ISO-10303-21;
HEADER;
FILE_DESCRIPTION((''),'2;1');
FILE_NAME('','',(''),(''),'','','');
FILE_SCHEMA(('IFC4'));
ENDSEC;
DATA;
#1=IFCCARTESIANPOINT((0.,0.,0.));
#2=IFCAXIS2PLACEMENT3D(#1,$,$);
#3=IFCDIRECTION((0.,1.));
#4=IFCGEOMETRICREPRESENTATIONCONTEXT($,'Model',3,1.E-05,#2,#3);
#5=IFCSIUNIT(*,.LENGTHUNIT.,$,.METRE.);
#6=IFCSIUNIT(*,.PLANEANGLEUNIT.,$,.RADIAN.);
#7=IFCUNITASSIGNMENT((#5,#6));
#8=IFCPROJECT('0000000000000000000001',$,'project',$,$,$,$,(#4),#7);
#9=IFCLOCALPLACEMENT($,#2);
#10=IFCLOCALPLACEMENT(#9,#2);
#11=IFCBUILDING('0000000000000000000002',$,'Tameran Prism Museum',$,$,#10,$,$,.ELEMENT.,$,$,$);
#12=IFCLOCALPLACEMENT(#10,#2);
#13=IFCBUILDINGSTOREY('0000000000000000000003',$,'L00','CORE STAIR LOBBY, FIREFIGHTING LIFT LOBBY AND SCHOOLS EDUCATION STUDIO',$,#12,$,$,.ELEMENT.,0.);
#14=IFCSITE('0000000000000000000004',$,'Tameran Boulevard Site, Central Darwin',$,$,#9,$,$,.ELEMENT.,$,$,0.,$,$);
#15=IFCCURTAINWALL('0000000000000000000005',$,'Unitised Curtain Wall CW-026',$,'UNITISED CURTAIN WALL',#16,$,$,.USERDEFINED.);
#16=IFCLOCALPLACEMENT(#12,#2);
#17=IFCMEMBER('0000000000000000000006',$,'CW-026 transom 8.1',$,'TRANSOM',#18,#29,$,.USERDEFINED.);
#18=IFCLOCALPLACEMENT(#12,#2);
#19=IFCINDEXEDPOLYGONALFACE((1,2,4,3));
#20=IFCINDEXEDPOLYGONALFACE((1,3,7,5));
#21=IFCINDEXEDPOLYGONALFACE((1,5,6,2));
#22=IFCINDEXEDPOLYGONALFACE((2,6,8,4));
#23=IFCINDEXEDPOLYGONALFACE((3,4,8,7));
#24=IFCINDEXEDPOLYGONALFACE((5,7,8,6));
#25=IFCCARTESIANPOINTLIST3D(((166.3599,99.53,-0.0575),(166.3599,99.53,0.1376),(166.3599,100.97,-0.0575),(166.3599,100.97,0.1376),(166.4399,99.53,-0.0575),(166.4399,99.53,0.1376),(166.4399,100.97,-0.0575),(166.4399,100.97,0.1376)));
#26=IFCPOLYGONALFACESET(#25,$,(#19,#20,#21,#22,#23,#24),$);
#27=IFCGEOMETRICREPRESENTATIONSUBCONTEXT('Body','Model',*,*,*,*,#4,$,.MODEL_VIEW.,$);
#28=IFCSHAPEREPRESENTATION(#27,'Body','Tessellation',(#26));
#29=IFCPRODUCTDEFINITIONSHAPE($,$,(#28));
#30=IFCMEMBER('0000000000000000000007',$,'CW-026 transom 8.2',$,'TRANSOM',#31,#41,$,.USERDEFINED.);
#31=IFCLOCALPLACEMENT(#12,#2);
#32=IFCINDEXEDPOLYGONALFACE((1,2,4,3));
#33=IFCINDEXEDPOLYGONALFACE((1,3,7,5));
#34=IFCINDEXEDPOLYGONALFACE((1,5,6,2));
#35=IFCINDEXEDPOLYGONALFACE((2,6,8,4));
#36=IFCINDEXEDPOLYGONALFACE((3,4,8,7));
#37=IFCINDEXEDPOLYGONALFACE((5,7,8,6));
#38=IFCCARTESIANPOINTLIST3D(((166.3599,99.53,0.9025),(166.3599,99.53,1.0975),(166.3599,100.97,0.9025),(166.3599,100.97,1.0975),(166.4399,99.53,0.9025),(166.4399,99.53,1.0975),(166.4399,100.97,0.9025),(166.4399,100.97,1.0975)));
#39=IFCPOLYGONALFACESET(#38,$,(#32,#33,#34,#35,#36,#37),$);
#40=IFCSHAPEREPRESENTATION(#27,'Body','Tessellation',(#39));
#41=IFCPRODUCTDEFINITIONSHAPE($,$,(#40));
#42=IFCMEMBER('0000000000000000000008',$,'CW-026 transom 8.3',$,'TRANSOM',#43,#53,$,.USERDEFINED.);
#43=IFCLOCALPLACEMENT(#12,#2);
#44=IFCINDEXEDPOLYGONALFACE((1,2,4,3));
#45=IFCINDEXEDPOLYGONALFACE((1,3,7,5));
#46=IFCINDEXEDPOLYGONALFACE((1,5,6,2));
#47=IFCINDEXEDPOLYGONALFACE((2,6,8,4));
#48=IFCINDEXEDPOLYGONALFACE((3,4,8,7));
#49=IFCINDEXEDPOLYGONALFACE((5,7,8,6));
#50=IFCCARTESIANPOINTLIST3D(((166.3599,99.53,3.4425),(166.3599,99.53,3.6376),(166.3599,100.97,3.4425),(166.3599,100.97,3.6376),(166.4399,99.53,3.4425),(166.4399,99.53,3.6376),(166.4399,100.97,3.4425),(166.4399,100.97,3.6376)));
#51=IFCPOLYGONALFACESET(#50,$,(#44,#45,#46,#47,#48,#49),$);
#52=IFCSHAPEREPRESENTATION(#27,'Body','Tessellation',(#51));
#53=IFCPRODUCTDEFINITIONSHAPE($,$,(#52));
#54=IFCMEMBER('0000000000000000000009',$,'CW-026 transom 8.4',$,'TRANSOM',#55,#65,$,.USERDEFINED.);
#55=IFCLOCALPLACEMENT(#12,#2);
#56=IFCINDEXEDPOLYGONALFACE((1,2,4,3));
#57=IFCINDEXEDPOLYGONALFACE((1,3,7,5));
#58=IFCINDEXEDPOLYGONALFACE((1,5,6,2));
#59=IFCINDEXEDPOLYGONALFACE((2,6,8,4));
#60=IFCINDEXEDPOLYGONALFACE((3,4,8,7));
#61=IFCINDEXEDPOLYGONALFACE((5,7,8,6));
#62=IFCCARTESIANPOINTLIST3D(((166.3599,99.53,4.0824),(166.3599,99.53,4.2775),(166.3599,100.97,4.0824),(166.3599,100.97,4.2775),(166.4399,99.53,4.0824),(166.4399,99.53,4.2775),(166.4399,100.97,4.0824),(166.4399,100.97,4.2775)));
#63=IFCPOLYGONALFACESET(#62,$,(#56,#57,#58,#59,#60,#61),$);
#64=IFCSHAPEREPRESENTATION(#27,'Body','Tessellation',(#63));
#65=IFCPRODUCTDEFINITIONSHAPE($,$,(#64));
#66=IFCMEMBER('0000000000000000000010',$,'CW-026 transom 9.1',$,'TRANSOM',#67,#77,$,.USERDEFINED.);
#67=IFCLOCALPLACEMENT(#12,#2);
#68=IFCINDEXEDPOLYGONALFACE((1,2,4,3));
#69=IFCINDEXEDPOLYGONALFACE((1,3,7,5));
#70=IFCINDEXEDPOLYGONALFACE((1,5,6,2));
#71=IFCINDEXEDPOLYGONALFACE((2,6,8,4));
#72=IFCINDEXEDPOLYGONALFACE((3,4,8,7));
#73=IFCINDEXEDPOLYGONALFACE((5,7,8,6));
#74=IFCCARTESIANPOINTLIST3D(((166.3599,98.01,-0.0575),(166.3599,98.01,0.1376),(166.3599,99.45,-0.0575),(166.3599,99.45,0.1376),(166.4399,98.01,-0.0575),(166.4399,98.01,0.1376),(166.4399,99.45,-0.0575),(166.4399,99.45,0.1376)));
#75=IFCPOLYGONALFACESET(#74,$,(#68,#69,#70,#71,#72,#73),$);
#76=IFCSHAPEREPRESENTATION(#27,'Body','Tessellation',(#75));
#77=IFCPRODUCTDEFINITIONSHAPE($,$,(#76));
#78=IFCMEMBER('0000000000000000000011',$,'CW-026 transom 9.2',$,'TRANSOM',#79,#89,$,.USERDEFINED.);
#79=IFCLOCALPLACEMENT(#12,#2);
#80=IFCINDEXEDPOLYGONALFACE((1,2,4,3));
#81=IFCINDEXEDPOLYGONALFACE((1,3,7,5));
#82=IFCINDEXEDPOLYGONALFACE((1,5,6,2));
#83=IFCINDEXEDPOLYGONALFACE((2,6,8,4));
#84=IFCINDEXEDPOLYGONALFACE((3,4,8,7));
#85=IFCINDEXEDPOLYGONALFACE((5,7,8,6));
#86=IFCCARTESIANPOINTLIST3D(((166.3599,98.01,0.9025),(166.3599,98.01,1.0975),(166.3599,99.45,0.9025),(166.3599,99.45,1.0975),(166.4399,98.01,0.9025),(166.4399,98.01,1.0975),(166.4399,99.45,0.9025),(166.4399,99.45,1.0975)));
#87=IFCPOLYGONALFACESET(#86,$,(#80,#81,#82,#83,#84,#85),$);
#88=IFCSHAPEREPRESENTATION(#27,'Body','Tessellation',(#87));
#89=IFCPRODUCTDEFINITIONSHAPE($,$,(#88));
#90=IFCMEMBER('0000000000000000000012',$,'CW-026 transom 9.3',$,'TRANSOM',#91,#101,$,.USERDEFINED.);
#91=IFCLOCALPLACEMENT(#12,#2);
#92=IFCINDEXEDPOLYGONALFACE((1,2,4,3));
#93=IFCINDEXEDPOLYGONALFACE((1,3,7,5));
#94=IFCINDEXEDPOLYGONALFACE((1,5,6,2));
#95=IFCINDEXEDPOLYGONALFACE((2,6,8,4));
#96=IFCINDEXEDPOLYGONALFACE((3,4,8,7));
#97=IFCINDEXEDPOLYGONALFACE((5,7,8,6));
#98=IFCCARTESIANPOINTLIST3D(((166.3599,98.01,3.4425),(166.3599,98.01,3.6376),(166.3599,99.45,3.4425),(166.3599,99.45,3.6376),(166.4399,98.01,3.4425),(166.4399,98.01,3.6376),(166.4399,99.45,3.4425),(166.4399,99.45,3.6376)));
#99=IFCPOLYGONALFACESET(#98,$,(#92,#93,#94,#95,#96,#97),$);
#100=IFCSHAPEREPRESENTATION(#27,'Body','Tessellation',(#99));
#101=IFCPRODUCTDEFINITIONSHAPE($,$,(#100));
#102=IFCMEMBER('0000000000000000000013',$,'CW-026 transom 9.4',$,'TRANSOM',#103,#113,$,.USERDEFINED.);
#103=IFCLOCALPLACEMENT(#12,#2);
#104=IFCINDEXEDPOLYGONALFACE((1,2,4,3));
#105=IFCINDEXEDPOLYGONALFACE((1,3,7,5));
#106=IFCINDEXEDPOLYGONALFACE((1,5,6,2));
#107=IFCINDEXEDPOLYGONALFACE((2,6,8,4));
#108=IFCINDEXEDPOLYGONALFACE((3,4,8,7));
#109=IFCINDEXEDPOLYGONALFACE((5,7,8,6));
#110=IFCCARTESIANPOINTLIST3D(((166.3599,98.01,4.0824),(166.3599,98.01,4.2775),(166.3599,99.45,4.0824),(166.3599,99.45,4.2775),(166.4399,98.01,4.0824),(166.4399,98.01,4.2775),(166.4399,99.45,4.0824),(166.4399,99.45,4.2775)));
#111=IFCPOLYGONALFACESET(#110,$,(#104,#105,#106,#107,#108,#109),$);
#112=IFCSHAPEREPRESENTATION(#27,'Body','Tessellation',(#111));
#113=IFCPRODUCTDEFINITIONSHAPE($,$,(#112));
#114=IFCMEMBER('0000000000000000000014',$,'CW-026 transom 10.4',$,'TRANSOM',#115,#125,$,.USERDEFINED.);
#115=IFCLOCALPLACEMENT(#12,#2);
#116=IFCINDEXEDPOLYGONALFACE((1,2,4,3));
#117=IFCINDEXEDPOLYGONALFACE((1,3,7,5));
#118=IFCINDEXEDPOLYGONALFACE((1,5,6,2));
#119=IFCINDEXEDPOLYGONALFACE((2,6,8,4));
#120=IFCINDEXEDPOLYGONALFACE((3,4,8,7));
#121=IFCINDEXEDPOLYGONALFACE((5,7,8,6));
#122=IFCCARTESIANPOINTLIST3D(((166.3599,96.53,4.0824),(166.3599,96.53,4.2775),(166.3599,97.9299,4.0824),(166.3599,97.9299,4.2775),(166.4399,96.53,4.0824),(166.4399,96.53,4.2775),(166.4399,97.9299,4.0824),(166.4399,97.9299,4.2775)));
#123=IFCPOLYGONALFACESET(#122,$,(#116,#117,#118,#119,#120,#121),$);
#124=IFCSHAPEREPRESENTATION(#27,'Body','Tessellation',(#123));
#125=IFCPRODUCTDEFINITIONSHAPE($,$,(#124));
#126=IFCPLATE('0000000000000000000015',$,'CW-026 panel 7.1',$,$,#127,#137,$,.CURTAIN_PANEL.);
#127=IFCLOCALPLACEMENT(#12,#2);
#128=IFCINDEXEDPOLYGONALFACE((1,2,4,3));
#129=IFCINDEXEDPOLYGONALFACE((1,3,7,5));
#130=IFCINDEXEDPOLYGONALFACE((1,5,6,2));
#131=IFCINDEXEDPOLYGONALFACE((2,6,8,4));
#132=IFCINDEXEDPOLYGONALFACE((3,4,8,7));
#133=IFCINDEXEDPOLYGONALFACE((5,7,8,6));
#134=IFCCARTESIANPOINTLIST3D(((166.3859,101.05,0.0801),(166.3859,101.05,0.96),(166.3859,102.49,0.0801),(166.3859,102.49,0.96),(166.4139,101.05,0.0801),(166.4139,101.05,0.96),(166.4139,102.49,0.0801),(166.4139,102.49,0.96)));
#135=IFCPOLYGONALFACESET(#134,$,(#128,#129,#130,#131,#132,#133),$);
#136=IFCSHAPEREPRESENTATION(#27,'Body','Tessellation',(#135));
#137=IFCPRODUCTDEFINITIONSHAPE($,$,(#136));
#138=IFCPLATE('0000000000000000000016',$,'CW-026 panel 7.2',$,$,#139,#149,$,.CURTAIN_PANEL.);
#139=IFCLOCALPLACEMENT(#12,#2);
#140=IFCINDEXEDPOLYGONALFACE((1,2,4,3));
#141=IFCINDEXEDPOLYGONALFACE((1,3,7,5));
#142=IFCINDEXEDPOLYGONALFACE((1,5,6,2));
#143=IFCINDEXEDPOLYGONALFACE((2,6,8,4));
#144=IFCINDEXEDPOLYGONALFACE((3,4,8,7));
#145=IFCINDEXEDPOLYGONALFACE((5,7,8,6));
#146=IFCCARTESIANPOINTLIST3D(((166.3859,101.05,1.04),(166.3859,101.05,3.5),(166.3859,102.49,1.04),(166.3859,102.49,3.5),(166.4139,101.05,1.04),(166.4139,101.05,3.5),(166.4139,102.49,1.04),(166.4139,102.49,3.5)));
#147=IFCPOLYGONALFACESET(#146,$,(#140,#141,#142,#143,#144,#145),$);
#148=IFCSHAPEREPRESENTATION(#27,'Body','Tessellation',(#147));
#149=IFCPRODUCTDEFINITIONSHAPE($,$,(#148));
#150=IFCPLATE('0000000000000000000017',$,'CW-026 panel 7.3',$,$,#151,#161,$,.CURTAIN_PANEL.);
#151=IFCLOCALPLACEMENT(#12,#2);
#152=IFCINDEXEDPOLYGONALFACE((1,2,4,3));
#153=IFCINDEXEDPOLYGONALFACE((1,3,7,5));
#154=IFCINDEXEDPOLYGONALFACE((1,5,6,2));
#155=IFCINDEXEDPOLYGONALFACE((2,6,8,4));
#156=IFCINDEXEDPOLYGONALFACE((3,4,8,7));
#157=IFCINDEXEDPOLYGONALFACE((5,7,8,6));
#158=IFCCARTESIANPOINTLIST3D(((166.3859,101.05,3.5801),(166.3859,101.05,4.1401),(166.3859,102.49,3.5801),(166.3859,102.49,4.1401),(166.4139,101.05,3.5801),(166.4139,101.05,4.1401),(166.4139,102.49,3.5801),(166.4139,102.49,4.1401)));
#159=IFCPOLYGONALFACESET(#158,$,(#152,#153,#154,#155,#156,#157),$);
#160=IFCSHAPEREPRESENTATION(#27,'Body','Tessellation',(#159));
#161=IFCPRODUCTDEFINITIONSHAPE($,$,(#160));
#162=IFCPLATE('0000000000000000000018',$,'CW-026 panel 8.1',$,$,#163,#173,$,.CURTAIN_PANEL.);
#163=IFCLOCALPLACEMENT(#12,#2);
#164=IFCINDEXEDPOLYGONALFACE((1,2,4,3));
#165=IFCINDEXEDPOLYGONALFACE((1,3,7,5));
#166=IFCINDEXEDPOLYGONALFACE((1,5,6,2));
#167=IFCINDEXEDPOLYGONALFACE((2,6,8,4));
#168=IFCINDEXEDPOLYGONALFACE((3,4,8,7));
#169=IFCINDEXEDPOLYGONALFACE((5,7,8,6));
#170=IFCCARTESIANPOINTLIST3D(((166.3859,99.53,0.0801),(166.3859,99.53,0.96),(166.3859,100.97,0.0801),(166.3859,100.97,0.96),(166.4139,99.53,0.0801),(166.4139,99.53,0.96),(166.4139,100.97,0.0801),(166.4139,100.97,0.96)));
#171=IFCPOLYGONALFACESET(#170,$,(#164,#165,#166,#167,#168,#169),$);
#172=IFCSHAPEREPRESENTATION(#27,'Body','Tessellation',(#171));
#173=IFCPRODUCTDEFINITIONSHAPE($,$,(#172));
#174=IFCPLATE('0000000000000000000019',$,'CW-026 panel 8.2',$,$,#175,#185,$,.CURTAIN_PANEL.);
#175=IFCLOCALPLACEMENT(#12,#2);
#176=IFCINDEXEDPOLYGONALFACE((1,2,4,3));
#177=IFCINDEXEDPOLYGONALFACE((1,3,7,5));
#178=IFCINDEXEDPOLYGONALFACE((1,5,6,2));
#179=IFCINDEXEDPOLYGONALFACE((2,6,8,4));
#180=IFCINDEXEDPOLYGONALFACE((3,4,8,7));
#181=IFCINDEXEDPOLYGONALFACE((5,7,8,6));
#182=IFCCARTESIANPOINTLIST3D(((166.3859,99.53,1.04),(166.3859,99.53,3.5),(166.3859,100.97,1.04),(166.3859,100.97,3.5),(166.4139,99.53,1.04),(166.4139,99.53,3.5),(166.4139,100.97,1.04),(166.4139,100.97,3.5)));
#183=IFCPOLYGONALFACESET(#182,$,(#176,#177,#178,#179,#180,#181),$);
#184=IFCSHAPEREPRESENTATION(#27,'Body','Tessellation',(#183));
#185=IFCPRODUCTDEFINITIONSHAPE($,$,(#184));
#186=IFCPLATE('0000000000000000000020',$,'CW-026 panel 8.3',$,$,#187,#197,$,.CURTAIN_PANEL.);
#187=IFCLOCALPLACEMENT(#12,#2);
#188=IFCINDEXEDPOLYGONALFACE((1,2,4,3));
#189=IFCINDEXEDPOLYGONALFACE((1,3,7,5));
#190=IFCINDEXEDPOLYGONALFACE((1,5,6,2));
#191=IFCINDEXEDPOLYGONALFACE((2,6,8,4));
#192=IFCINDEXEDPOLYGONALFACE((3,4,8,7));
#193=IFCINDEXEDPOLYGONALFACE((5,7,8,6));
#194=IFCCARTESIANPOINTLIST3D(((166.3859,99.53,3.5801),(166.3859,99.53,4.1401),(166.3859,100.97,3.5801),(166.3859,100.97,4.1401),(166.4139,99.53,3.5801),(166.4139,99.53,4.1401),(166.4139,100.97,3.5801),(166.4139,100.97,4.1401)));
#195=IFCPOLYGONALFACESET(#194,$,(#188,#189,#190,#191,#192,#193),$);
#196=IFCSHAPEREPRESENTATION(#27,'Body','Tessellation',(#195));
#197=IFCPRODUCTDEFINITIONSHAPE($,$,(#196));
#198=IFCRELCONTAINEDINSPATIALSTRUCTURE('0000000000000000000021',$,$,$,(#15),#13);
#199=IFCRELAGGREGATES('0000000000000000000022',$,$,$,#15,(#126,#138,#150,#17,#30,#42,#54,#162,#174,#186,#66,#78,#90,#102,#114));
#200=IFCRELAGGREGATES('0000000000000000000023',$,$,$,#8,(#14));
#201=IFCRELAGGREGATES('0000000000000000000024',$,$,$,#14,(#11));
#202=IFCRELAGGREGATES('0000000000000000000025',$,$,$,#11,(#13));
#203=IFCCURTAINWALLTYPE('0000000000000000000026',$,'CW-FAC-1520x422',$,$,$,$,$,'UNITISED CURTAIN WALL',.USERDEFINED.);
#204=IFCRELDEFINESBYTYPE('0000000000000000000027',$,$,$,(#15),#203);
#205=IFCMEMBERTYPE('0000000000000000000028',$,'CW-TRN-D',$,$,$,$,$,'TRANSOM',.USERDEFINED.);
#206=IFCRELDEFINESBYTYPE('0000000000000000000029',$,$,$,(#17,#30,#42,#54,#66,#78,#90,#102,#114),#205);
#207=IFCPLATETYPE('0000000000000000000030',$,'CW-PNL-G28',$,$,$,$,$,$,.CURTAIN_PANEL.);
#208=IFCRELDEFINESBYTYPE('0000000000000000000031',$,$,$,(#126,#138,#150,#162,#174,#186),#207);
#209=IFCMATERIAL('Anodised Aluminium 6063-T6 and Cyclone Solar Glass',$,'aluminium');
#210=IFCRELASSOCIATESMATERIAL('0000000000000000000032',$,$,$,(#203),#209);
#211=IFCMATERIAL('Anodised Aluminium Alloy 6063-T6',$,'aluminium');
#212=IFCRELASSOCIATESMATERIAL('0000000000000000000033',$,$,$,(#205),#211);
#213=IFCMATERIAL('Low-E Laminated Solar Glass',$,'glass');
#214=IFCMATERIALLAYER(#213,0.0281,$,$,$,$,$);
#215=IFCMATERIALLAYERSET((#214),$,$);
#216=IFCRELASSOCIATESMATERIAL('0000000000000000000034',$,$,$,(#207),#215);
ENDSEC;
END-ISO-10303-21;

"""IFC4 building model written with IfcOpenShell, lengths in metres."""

from ifc_helpers import new_model, si_unit, direction, frame, origin, origin_2d, place, context, subcontext, project, spatial, rectangle, extrude, material, layer, layer_set, material_profile, profile_set, type_object, element, aggregate, save


model = new_model("IFC4")

# Units and contexts
model_context = context("Model", 3, precision=1e-05, world=origin(), true_north=direction((0.0, 1.0)))
body_context = subcontext(model_context, "Body", "Model", "MODEL_VIEW")
ifc_project = project(units=[si_unit("LENGTHUNIT", "METRE"), si_unit("PLANEANGLEUNIT", "RADIAN")], contexts=[model_context])

# Site, building, storey
site_placement = place(None, origin())
site = spatial("IfcSite", under=ifc_project, at=site_placement, Name="Tameran Boulevard Site, Central Darwin", CompositionType="ELEMENT", RefElevation=0.0)
building_placement = place(site_placement, origin())
building = spatial("IfcBuilding", under=site, at=building_placement, Name="Tameran Prism Museum", CompositionType="ELEMENT")
storey_placement = place(building_placement, origin())
storey = spatial("IfcBuildingStorey", under=building, at=storey_placement, Name="L00", Description="CORE STAIR LOBBY, FIREFIGHTING LIFT LOBBY AND SCHOOLS EDUCATION STUDIO", CompositionType="ELEMENT", Elevation=0.0)

# Curtain wall, members, plates
ifc_material_1 = material(Name="Anodised Aluminium 6063-T6 and Cyclone Solar Glass", Category="aluminium")
curtain_wall_type = type_object("IfcCurtainWallType", Name="CW-FAC-1520x422", ElementType="UNITISED CURTAIN WALL", PredefinedType="USERDEFINED", material=ifc_material_1)
curtain_wall_placement = place(storey_placement, origin())
curtain_wall = element("IfcCurtainWall", 1, at=curtain_wall_placement, inside=storey, type_object=curtain_wall_type, Name="Unitised Curtain Wall CW-026", ObjectType="UNITISED CURTAIN WALL", PredefinedType="USERDEFINED")
ifc_material_2 = material(Name="Anodised Aluminium Alloy 6063-T6", Category="aluminium")
ifc_material_profile_1 = material_profile(ifc_material_2, rectangle(XDim=0.0801, YDim=0.1951, at=origin_2d()))
ifc_profile_set_1 = profile_set([ifc_material_profile_1])
member_type_1 = type_object("IfcMemberType", Name="CW-TRN-D", ElementType="TRANSOM", PredefinedType="USERDEFINED", material=ifc_profile_set_1)
member_1_placement = place(storey_placement, frame((166.3999, 100.97, 0.04), z_axis=(0.0, -1.0, 0.0), x_axis=(1.0, 0.0, 0.0)))
member_1 = element("IfcMember", 2, at=member_1_placement, type_object=member_type_1, Name="CW-026 transom 8.1", ObjectType="TRANSOM", PredefinedType="USERDEFINED", context=body_context, shape_type="SweptSolid", body=[
    extrude(rectangle(XDim=0.0801, YDim=0.1951, at=origin_2d()), origin(), (0.0, 0.0, 1.0), 1.4399),
])
member_2_placement = place(storey_placement, frame((166.3999, 100.97, 1.0), z_axis=(0.0, -1.0, 0.0), x_axis=(1.0, 0.0, 0.0)))
member_2 = element("IfcMember", 3, at=member_2_placement, type_object=member_type_1, Name="CW-026 transom 8.2", ObjectType="TRANSOM", PredefinedType="USERDEFINED", context=body_context, shape_type="SweptSolid", body=[
    extrude(rectangle(XDim=0.0801, YDim=0.1951, at=origin_2d()), origin(), (0.0, 0.0, 1.0), 1.4399),
])
member_3_placement = place(storey_placement, frame((166.3999, 100.97, 3.54), z_axis=(0.0, -1.0, 0.0), x_axis=(1.0, 0.0, 0.0)))
member_3 = element("IfcMember", 4, at=member_3_placement, type_object=member_type_1, Name="CW-026 transom 8.3", ObjectType="TRANSOM", PredefinedType="USERDEFINED", context=body_context, shape_type="SweptSolid", body=[
    extrude(rectangle(XDim=0.0801, YDim=0.1951, at=origin_2d()), origin(), (0.0, 0.0, 1.0), 1.4399),
])
member_4_placement = place(storey_placement, frame((166.3999, 100.97, 4.1799), z_axis=(0.0, -1.0, 0.0), x_axis=(1.0, 0.0, 0.0)))
member_4 = element("IfcMember", 5, at=member_4_placement, type_object=member_type_1, Name="CW-026 transom 8.4", ObjectType="TRANSOM", PredefinedType="USERDEFINED", context=body_context, shape_type="SweptSolid", body=[
    extrude(rectangle(XDim=0.0801, YDim=0.1951, at=origin_2d()), origin(), (0.0, 0.0, 1.0), 1.4399),
])
member_5_placement = place(storey_placement, frame((166.3999, 99.45, 0.04), z_axis=(0.0, -1.0, 0.0), x_axis=(1.0, 0.0, 0.0)))
member_5 = element("IfcMember", 6, at=member_5_placement, type_object=member_type_1, Name="CW-026 transom 9.1", ObjectType="TRANSOM", PredefinedType="USERDEFINED", context=body_context, shape_type="SweptSolid", body=[
    extrude(rectangle(XDim=0.0801, YDim=0.1951, at=origin_2d()), origin(), (0.0, 0.0, 1.0), 1.4399),
])
member_6_placement = place(storey_placement, frame((166.3999, 99.45, 1.0), z_axis=(0.0, -1.0, 0.0), x_axis=(1.0, 0.0, 0.0)))
member_6 = element("IfcMember", 7, at=member_6_placement, type_object=member_type_1, Name="CW-026 transom 9.2", ObjectType="TRANSOM", PredefinedType="USERDEFINED", context=body_context, shape_type="SweptSolid", body=[
    extrude(rectangle(XDim=0.0801, YDim=0.1951, at=origin_2d()), origin(), (0.0, 0.0, 1.0), 1.4399),
])
member_7_placement = place(storey_placement, frame((166.3999, 99.45, 3.54), z_axis=(0.0, -1.0, 0.0), x_axis=(1.0, 0.0, 0.0)))
member_7 = element("IfcMember", 8, at=member_7_placement, type_object=member_type_1, Name="CW-026 transom 9.3", ObjectType="TRANSOM", PredefinedType="USERDEFINED", context=body_context, shape_type="SweptSolid", body=[
    extrude(rectangle(XDim=0.0801, YDim=0.1951, at=origin_2d()), origin(), (0.0, 0.0, 1.0), 1.4399),
])
member_8_placement = place(storey_placement, frame((166.3999, 99.45, 4.1799), z_axis=(0.0, -1.0, 0.0), x_axis=(1.0, 0.0, 0.0)))
member_8 = element("IfcMember", 9, at=member_8_placement, type_object=member_type_1, Name="CW-026 transom 9.4", ObjectType="TRANSOM", PredefinedType="USERDEFINED", context=body_context, shape_type="SweptSolid", body=[
    extrude(rectangle(XDim=0.0801, YDim=0.1951, at=origin_2d()), origin(), (0.0, 0.0, 1.0), 1.4399),
])
member_9_placement = place(storey_placement, frame((166.3999, 97.9299, 4.1799), z_axis=(0.0, -1.0, 0.0), x_axis=(1.0, 0.0, 0.0)))
member_9 = element("IfcMember", 10, at=member_9_placement, type_object=member_type_1, Name="CW-026 transom 10.4", ObjectType="TRANSOM", PredefinedType="USERDEFINED", context=body_context, shape_type="SweptSolid", body=[
    extrude(rectangle(XDim=0.0801, YDim=0.1951, at=origin_2d()), origin(), (0.0, 0.0, 1.0), 1.3999),
])
ifc_material_3 = material(Name="Low-E Laminated Solar Glass", Category="glass")
ifc_layer_1 = layer(ifc_material_3, 0.0281)
ifc_layer_set_1 = layer_set([ifc_layer_1])
plate_type = type_object("IfcPlateType", Name="CW-PNL-G28", PredefinedType="CURTAIN_PANEL", material=ifc_layer_set_1)
plate_1_placement = place(storey_placement, frame((166.3999, 101.77, 0.0801), z_axis=(0.0, 0.0, 1.0), x_axis=(0.0, -1.0, 0.0)))
plate_1 = element("IfcPlate", 11, at=plate_1_placement, type_object=plate_type, Name="CW-026 panel 7.1", PredefinedType="CURTAIN_PANEL", context=body_context, shape_type="SweptSolid", body=[
    extrude(rectangle(XDim=1.4399, YDim=0.0281, at=origin_2d()), origin(), (0.0, 0.0, 1.0), 0.8799),
])
plate_2_placement = place(storey_placement, frame((166.3999, 101.77, 1.04), z_axis=(0.0, 0.0, 1.0), x_axis=(0.0, -1.0, 0.0)))
plate_2 = element("IfcPlate", 12, at=plate_2_placement, type_object=plate_type, Name="CW-026 panel 7.2", PredefinedType="CURTAIN_PANEL", context=body_context, shape_type="SweptSolid", body=[
    extrude(rectangle(XDim=1.4399, YDim=0.0281, at=origin_2d()), origin(), (0.0, 0.0, 1.0), 2.46),
])
plate_3_placement = place(storey_placement, frame((166.3999, 101.77, 3.5801), z_axis=(0.0, 0.0, 1.0), x_axis=(0.0, -1.0, 0.0)))
plate_3 = element("IfcPlate", 13, at=plate_3_placement, type_object=plate_type, Name="CW-026 panel 7.3", PredefinedType="CURTAIN_PANEL", context=body_context, shape_type="SweptSolid", body=[
    extrude(rectangle(XDim=1.4399, YDim=0.0281, at=origin_2d()), origin(), (0.0, 0.0, 1.0), 0.5601),
])
plate_4_placement = place(storey_placement, frame((166.3999, 100.25, 0.0801), z_axis=(0.0, 0.0, 1.0), x_axis=(0.0, -1.0, 0.0)))
plate_4 = element("IfcPlate", 14, at=plate_4_placement, type_object=plate_type, Name="CW-026 panel 8.1", PredefinedType="CURTAIN_PANEL", context=body_context, shape_type="SweptSolid", body=[
    extrude(rectangle(XDim=1.4399, YDim=0.0281, at=origin_2d()), origin(), (0.0, 0.0, 1.0), 0.8799),
])
plate_5_placement = place(storey_placement, frame((166.3999, 100.25, 1.04), z_axis=(0.0, 0.0, 1.0), x_axis=(0.0, -1.0, 0.0)))
plate_5 = element("IfcPlate", 15, at=plate_5_placement, type_object=plate_type, Name="CW-026 panel 8.2", PredefinedType="CURTAIN_PANEL", context=body_context, shape_type="SweptSolid", body=[
    extrude(rectangle(XDim=1.4399, YDim=0.0281, at=origin_2d()), origin(), (0.0, 0.0, 1.0), 2.46),
])
plate_6_placement = place(storey_placement, frame((166.3999, 100.25, 3.5801), z_axis=(0.0, 0.0, 1.0), x_axis=(0.0, -1.0, 0.0)))
plate_6 = element("IfcPlate", 16, at=plate_6_placement, type_object=plate_type, Name="CW-026 panel 8.3", PredefinedType="CURTAIN_PANEL", context=body_context, shape_type="SweptSolid", body=[
    extrude(rectangle(XDim=1.4399, YDim=0.0281, at=origin_2d()), origin(), (0.0, 0.0, 1.0), 0.5601),
])
aggregate(curtain_wall, [plate_1, plate_2, plate_3, member_1, member_2, member_3, member_4, plate_4, plate_5, plate_6, member_5, member_6, member_7, member_8, member_9])

save(model, "model.ifc")
